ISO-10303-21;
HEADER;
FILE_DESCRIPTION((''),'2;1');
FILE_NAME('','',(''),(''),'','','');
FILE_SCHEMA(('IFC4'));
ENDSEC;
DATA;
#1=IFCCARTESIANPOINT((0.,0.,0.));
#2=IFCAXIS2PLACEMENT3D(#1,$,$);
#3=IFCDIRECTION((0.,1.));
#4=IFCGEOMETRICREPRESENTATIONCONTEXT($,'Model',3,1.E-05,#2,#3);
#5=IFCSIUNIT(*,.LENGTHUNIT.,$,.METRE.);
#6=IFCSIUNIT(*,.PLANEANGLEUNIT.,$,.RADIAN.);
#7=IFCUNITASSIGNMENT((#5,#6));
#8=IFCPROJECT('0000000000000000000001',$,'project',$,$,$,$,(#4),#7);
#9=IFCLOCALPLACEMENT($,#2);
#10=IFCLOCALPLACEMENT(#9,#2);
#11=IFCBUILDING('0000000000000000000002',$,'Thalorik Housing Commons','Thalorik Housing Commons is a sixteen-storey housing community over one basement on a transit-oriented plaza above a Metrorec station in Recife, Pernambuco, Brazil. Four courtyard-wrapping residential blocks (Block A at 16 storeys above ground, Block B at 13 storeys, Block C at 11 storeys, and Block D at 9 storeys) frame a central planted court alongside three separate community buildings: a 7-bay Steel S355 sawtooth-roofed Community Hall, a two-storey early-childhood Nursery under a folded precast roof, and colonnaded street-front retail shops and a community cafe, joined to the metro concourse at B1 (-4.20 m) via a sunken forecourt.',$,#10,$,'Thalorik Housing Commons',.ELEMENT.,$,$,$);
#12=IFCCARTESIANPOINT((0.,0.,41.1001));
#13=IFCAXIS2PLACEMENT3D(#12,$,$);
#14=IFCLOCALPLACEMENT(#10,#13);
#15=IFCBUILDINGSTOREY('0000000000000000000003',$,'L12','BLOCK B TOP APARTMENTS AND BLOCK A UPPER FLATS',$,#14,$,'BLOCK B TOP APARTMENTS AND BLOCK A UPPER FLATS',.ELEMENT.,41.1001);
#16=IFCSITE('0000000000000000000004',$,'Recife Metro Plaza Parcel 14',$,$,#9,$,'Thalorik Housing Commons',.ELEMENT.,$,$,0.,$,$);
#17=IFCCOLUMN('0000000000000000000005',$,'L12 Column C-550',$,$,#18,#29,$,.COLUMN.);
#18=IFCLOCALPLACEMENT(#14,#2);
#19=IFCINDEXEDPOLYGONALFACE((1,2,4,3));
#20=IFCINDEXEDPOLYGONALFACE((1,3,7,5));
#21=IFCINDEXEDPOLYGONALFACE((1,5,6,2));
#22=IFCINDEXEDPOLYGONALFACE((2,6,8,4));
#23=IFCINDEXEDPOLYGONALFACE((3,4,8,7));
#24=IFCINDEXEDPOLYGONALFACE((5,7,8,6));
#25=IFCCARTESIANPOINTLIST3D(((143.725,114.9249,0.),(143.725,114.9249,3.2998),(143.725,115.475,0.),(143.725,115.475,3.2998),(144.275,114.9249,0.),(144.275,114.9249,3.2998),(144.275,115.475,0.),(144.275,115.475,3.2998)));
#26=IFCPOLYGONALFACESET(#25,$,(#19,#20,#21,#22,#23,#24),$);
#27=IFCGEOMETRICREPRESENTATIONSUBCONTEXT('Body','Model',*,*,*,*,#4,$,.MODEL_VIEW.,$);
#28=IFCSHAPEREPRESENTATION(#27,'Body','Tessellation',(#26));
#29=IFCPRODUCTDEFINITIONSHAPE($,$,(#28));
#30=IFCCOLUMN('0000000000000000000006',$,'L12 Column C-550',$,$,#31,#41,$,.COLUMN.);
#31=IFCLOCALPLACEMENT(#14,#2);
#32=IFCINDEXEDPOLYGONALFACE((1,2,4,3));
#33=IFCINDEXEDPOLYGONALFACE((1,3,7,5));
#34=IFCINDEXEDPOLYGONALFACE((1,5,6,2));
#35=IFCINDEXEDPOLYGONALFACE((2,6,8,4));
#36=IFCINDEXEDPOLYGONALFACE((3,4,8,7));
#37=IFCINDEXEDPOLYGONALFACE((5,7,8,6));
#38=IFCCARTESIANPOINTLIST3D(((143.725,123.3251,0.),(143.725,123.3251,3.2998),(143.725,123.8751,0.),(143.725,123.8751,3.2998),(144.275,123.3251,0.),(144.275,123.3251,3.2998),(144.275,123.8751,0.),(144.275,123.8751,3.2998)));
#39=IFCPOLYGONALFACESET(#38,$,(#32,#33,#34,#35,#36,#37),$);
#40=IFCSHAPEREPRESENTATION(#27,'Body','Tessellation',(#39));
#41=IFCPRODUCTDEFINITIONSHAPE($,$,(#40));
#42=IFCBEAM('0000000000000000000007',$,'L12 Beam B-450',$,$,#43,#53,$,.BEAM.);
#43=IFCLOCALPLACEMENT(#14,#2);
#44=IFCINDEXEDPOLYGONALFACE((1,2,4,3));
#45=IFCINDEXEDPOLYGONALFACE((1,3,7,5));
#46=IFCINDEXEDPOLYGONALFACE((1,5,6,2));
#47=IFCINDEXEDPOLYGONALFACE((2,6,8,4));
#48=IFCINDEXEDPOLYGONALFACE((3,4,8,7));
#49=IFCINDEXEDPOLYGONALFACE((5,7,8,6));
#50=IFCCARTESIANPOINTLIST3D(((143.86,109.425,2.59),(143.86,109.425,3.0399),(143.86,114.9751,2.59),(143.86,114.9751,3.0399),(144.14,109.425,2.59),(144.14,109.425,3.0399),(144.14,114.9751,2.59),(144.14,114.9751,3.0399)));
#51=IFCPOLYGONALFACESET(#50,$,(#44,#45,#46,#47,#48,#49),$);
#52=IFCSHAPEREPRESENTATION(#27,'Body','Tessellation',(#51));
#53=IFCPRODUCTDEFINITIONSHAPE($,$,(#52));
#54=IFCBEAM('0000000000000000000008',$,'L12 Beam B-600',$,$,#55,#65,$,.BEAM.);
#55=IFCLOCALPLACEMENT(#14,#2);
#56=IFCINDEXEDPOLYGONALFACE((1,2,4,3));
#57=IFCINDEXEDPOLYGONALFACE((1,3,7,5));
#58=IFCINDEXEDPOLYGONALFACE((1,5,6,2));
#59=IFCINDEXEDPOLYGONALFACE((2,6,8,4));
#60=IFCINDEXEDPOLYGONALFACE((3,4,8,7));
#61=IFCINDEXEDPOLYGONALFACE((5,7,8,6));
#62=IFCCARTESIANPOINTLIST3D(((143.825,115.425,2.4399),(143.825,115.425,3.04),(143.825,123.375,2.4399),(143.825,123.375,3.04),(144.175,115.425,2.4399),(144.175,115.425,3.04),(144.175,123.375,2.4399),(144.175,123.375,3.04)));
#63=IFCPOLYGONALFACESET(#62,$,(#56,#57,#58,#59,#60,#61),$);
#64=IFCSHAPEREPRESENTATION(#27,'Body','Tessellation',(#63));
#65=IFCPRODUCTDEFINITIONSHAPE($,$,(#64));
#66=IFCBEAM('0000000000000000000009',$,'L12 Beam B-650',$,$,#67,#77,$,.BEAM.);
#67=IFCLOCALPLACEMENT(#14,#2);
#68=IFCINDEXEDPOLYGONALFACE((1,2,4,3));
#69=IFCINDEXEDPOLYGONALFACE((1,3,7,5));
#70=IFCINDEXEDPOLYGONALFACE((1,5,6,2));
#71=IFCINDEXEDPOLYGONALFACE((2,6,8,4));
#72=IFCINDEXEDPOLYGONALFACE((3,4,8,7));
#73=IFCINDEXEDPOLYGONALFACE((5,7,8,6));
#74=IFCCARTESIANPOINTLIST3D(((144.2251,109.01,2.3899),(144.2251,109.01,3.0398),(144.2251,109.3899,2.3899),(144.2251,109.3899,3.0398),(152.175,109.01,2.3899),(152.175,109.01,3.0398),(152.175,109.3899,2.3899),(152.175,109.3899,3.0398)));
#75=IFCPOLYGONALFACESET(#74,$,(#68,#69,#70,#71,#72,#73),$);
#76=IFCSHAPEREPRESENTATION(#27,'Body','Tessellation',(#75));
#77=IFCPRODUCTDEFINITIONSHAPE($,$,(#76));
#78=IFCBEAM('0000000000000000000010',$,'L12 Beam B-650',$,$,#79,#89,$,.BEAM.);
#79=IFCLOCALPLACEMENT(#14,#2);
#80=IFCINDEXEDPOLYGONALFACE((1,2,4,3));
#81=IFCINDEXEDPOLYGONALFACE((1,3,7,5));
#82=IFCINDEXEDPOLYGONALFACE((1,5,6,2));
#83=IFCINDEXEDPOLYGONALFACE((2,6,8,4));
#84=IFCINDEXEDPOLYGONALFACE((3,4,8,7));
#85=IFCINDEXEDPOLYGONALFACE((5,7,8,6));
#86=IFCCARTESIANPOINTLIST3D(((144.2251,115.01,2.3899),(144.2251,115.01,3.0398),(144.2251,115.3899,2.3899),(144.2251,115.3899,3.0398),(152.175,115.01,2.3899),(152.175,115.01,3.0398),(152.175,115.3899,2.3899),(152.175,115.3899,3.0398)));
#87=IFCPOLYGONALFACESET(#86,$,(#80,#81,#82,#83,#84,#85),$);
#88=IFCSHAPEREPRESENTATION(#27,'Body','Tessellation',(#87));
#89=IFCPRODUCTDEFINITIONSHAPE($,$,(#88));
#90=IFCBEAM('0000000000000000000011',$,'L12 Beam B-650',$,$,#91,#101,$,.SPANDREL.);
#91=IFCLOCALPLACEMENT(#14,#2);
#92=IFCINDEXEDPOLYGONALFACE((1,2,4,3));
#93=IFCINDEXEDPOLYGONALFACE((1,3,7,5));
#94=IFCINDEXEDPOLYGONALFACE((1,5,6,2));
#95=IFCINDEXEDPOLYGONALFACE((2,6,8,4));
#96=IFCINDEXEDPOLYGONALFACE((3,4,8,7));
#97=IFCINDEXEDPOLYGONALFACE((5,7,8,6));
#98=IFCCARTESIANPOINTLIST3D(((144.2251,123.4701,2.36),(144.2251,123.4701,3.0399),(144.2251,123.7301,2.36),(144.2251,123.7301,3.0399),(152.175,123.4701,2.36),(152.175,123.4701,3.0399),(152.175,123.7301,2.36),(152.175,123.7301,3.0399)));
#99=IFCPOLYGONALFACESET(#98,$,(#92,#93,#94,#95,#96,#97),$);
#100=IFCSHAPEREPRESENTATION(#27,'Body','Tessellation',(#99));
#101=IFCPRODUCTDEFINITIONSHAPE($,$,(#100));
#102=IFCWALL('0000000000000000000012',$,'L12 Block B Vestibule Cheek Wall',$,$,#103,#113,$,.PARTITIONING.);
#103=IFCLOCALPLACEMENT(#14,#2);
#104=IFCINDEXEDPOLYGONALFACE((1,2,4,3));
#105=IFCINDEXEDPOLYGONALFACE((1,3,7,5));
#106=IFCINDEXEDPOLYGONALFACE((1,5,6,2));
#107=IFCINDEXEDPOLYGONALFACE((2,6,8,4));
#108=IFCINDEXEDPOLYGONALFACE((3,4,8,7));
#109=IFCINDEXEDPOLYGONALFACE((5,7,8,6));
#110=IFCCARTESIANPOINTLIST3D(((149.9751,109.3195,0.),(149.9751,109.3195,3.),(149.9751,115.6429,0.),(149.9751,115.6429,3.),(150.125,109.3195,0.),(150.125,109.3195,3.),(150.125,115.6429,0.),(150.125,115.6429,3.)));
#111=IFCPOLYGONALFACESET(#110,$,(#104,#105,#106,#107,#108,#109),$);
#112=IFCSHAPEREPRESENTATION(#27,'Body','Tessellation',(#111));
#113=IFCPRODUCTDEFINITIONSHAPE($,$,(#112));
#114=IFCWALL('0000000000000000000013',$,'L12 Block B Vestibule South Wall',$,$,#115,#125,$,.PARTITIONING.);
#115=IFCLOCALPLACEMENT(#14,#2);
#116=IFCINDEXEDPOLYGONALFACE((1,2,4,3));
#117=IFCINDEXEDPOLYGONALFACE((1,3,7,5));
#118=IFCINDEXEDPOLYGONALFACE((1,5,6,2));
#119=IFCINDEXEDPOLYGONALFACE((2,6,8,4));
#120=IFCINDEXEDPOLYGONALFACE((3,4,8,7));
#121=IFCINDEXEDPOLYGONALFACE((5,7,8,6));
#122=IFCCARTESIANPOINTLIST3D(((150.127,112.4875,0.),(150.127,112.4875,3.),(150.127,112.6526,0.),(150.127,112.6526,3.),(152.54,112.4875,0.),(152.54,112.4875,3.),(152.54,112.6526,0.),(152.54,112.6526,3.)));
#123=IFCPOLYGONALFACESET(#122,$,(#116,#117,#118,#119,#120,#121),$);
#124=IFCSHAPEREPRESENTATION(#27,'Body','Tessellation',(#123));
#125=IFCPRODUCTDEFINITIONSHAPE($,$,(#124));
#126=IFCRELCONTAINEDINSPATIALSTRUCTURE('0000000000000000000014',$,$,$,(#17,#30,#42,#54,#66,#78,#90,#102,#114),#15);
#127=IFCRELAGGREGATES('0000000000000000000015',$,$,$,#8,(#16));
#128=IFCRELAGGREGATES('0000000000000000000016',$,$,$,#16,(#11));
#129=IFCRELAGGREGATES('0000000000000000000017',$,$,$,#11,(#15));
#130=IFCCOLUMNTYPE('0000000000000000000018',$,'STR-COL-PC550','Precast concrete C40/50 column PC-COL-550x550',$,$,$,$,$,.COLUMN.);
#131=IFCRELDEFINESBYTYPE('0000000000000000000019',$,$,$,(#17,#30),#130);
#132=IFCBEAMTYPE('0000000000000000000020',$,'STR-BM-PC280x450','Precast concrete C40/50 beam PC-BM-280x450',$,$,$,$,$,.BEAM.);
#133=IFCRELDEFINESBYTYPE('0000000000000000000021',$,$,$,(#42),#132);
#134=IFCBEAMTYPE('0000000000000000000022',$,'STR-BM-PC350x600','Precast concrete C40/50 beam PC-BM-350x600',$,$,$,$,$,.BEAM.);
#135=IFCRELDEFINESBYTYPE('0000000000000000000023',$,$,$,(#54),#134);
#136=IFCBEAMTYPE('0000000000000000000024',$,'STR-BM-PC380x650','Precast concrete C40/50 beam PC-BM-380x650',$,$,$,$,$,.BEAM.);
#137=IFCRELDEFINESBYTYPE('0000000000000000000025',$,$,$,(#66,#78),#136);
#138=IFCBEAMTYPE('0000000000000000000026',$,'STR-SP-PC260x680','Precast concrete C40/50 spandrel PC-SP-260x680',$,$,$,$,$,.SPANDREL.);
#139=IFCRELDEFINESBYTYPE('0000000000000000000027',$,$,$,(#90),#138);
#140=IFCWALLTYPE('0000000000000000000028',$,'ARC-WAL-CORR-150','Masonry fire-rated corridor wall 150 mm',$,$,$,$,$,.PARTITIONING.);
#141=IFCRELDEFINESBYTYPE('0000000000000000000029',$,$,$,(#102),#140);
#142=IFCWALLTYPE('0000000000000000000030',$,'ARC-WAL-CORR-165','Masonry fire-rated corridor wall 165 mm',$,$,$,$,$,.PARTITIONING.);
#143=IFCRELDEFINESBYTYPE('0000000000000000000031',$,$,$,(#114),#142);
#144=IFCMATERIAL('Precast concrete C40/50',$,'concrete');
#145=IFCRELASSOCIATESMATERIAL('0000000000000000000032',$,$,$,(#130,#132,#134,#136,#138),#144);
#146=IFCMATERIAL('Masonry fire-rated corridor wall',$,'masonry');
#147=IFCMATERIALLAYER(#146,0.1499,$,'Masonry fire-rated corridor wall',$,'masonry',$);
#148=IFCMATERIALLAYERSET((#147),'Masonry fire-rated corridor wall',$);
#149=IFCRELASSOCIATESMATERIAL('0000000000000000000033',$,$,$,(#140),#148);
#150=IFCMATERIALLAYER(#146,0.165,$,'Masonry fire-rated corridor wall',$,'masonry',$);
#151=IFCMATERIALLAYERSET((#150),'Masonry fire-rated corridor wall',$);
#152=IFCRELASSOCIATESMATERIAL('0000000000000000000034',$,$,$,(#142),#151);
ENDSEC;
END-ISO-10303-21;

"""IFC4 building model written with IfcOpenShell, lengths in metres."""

from ifc_helpers import new_model, si_unit, direction, frame, frame_2d, origin, origin_2d, place, context, subcontext, project, spatial, rectangle, extrude, material, layer, layer_set, material_profile, profile_set, type_object, element, save


model = new_model("IFC4")

# Units and contexts
model_context = context("Model", 3, precision=1e-05, world=origin(), true_north=direction((0.0, 1.0)))
body_context = subcontext(model_context, "Body", "Model", "MODEL_VIEW")
ifc_project = project(units=[si_unit("LENGTHUNIT", "METRE"), si_unit("PLANEANGLEUNIT", "RADIAN")], contexts=[model_context])

# Site, building, storey
site_placement = place(None, origin())
site = spatial("IfcSite", under=ifc_project, at=site_placement, Name="Recife Metro Plaza Parcel 14", LongName="Thalorik Housing Commons", CompositionType="ELEMENT", RefElevation=0.0)
building_placement = place(site_placement, origin())
building = spatial("IfcBuilding", under=site, at=building_placement, Name="Thalorik Housing Commons", Description="Thalorik Housing Commons is a sixteen-storey housing community over one basement on a transit-oriented plaza above a Metrorec station in Recife, Pernambuco, Brazil. Four courtyard-wrapping residential blocks (Block A at 16 storeys above ground, Block B at 13 storeys, Block C at 11 storeys, and Block D at 9 storeys) frame a central planted court alongside three separate community buildings: a 7-bay Steel S355 sawtooth-roofed Community Hall, a two-storey early-childhood Nursery under a folded precast roof, and colonnaded street-front retail shops and a community cafe, joined to the metro concourse at B1 (-4.20 m) via a sunken forecourt.", LongName="Thalorik Housing Commons", CompositionType="ELEMENT")
storey_placement = place(building_placement, frame((0.0, 0.0, 41.1001)))
storey = spatial("IfcBuildingStorey", under=building, at=storey_placement, Name="L12", Description="BLOCK B TOP APARTMENTS AND BLOCK A UPPER FLATS", LongName="BLOCK B TOP APARTMENTS AND BLOCK A UPPER FLATS", CompositionType="ELEMENT", Elevation=41.1001)

# Columns
ifc_material_1 = material(Name="Precast concrete C40/50", Category="concrete")
ifc_material_profile_1 = material_profile(ifc_material_1, rectangle(XDim=0.55, YDim=0.55, at=origin_2d()), Name="PC 550x550", Category="concrete")
ifc_profile_set_1 = profile_set([ifc_material_profile_1], Name="Precast concrete C40/50")
column_type = type_object("IfcColumnType", Name="STR-COL-PC550", Description="Precast concrete C40/50 column PC-COL-550x550", PredefinedType="COLUMN", material=ifc_profile_set_1)
for number, where, z_axis, x_axis, name in (
    (1, (144.0, 115.2, 0.0), (0.0, 0.0, 1.0), (1.0, 0.0, 0.0), "L12 Column C-550"),
    (2, (144.0, 123.6001, 0.0), (0.0, 0.0, 1.0), (1.0, 0.0, 0.0), "L12 Column C-550"),
):
    element("IfcColumn", number, at=place(storey_placement, frame(where, z_axis=z_axis, x_axis=x_axis)), inside=storey, type_object=column_type, Name=name, PredefinedType="COLUMN", context=body_context, shape_type="SweptSolid", body=[
        extrude(rectangle(XDim=0.55, YDim=0.55, at=origin_2d()), origin(), (0.0, 0.0, 1.0), 3.2998),
    ])

# Beams
ifc_material_profile_2 = material_profile(ifc_material_1, rectangle(XDim=0.28, YDim=0.45, at=origin_2d()), Name="PC 280x450", Category="concrete")
ifc_profile_set_2 = profile_set([ifc_material_profile_2], Name="Precast concrete C40/50")
beam_type_1 = type_object("IfcBeamType", Name="STR-BM-PC280x450", Description="Precast concrete C40/50 beam PC-BM-280x450", PredefinedType="BEAM", material=ifc_profile_set_2)
beam_1_placement = place(storey_placement, frame((144.0, 109.425, 2.8149), z_axis=(0.0, 1.0, 0.0), x_axis=(-1.0, 0.0, 0.0)))
element("IfcBeam", 3, at=beam_1_placement, inside=storey, type_object=beam_type_1, Name="L12 Beam B-450", PredefinedType="BEAM", context=body_context, shape_type="SweptSolid", body=[
    extrude(rectangle(XDim=0.28, YDim=0.45, at=origin_2d()), origin(), (0.0, 0.0, 1.0), 5.55),
])
ifc_material_profile_3 = material_profile(ifc_material_1, rectangle(XDim=0.3501, YDim=0.6001, at=origin_2d()), Name="PC 350x600", Category="concrete")
ifc_profile_set_3 = profile_set([ifc_material_profile_3], Name="Precast concrete C40/50")
beam_type_2 = type_object("IfcBeamType", Name="STR-BM-PC350x600", Description="Precast concrete C40/50 beam PC-BM-350x600", PredefinedType="BEAM", material=ifc_profile_set_3)
beam_2_placement = place(storey_placement, frame((144.0, 115.425, 2.74), z_axis=(0.0, 1.0, 0.0), x_axis=(-1.0, 0.0, 0.0)))
element("IfcBeam", 4, at=beam_2_placement, inside=storey, type_object=beam_type_2, Name="L12 Beam B-600", PredefinedType="BEAM", context=body_context, shape_type="SweptSolid", body=[
    extrude(rectangle(XDim=0.3501, YDim=0.6001, at=origin_2d()), origin(), (0.0, 0.0, 1.0), 7.95),
])
ifc_material_profile_4 = material_profile(ifc_material_1, rectangle(XDim=0.3799, YDim=0.6499, at=origin_2d()), Name="PC 380x650", Category="concrete")
ifc_profile_set_4 = profile_set([ifc_material_profile_4], Name="Precast concrete C40/50")
beam_type_3 = type_object("IfcBeamType", Name="STR-BM-PC380x650", Description="Precast concrete C40/50 beam PC-BM-380x650", PredefinedType="BEAM", material=ifc_profile_set_4)
for number, where, z_axis, x_axis, name in (
    (5, (144.2251, 109.2, 2.7148), (1.0, 0.0, 0.0), (0.0, 1.0, 0.0), "L12 Beam B-650"),
    (6, (144.2251, 115.2, 2.7148), (1.0, 0.0, 0.0), (0.0, 1.0, 0.0), "L12 Beam B-650"),
):
    element("IfcBeam", number, at=place(storey_placement, frame(where, z_axis=z_axis, x_axis=x_axis)), inside=storey, type_object=beam_type_3, Name=name, PredefinedType="BEAM", context=body_context, shape_type="SweptSolid", body=[
        extrude(rectangle(XDim=0.3799, YDim=0.6499, at=origin_2d()), origin(), (0.0, 0.0, 1.0), 7.95),
    ])
ifc_material_profile_5 = material_profile(ifc_material_1, rectangle(XDim=0.26, YDim=0.6799, at=origin_2d()), Name="PC SP 260x680", Category="concrete")
ifc_profile_set_5 = profile_set([ifc_material_profile_5], Name="Precast concrete C40/50")
beam_type_4 = type_object("IfcBeamType", Name="STR-SP-PC260x680", Description="Precast concrete C40/50 spandrel PC-SP-260x680", PredefinedType="SPANDREL", material=ifc_profile_set_5)
beam_3_placement = place(storey_placement, frame((144.2251, 123.6001, 2.7), z_axis=(1.0, 0.0, 0.0), x_axis=(0.0, 1.0, 0.0)))
element("IfcBeam", 7, at=beam_3_placement, inside=storey, type_object=beam_type_4, Name="L12 Beam B-650", PredefinedType="SPANDREL", context=body_context, shape_type="SweptSolid", body=[
    extrude(rectangle(XDim=0.26, YDim=0.6799, at=origin_2d()), origin(), (0.0, 0.0, 1.0), 7.95),
])

# Walls
ifc_material_2 = material(Name="Masonry fire-rated corridor wall", Category="masonry")
ifc_layer_1 = layer(ifc_material_2, 0.1499, Name="Masonry fire-rated corridor wall", Category="masonry")
ifc_layer_set_1 = layer_set([ifc_layer_1], Name="Masonry fire-rated corridor wall")
wall_type_1 = type_object("IfcWallType", Name="ARC-WAL-CORR-150", Description="Masonry fire-rated corridor wall 150 mm", PredefinedType="PARTITIONING", material=ifc_layer_set_1)
wall_1_placement = place(storey_placement, frame((150.05, 109.3196, 0.0), z_axis=(0.0, 0.0, 1.0), x_axis=(0.0, 1.0, 0.0)))
element("IfcWall", 8, at=wall_1_placement, inside=storey, type_object=wall_type_1, Name="L12 Block B Vestibule Cheek Wall", PredefinedType="PARTITIONING", context=body_context, shape_type="SweptSolid", body=[
    extrude(rectangle(XDim=6.3235, YDim=0.1499, at=frame_2d((3.1616, 0.0))), origin(), (0.0, 0.0, 1.0), 3.0),
])
ifc_layer_2 = layer(ifc_material_2, 0.165, Name="Masonry fire-rated corridor wall", Category="masonry")
ifc_layer_set_2 = layer_set([ifc_layer_2], Name="Masonry fire-rated corridor wall")
wall_type_2 = type_object("IfcWallType", Name="ARC-WAL-CORR-165", Description="Masonry fire-rated corridor wall 165 mm", PredefinedType="PARTITIONING", material=ifc_layer_set_2)
wall_2_placement = place(storey_placement, frame((150.127, 112.5701, 0.0), z_axis=(0.0, 0.0, 1.0), x_axis=(1.0, 0.0, 0.0)))
element("IfcWall", 9, at=wall_2_placement, inside=storey, type_object=wall_type_2, Name="L12 Block B Vestibule South Wall", PredefinedType="PARTITIONING", context=body_context, shape_type="SweptSolid", body=[
    extrude(rectangle(XDim=2.4131, YDim=0.165, at=frame_2d((1.2065, 0.0))), origin(), (0.0, 0.0, 1.0), 3.0),
])

save(model, "model.ifc")
